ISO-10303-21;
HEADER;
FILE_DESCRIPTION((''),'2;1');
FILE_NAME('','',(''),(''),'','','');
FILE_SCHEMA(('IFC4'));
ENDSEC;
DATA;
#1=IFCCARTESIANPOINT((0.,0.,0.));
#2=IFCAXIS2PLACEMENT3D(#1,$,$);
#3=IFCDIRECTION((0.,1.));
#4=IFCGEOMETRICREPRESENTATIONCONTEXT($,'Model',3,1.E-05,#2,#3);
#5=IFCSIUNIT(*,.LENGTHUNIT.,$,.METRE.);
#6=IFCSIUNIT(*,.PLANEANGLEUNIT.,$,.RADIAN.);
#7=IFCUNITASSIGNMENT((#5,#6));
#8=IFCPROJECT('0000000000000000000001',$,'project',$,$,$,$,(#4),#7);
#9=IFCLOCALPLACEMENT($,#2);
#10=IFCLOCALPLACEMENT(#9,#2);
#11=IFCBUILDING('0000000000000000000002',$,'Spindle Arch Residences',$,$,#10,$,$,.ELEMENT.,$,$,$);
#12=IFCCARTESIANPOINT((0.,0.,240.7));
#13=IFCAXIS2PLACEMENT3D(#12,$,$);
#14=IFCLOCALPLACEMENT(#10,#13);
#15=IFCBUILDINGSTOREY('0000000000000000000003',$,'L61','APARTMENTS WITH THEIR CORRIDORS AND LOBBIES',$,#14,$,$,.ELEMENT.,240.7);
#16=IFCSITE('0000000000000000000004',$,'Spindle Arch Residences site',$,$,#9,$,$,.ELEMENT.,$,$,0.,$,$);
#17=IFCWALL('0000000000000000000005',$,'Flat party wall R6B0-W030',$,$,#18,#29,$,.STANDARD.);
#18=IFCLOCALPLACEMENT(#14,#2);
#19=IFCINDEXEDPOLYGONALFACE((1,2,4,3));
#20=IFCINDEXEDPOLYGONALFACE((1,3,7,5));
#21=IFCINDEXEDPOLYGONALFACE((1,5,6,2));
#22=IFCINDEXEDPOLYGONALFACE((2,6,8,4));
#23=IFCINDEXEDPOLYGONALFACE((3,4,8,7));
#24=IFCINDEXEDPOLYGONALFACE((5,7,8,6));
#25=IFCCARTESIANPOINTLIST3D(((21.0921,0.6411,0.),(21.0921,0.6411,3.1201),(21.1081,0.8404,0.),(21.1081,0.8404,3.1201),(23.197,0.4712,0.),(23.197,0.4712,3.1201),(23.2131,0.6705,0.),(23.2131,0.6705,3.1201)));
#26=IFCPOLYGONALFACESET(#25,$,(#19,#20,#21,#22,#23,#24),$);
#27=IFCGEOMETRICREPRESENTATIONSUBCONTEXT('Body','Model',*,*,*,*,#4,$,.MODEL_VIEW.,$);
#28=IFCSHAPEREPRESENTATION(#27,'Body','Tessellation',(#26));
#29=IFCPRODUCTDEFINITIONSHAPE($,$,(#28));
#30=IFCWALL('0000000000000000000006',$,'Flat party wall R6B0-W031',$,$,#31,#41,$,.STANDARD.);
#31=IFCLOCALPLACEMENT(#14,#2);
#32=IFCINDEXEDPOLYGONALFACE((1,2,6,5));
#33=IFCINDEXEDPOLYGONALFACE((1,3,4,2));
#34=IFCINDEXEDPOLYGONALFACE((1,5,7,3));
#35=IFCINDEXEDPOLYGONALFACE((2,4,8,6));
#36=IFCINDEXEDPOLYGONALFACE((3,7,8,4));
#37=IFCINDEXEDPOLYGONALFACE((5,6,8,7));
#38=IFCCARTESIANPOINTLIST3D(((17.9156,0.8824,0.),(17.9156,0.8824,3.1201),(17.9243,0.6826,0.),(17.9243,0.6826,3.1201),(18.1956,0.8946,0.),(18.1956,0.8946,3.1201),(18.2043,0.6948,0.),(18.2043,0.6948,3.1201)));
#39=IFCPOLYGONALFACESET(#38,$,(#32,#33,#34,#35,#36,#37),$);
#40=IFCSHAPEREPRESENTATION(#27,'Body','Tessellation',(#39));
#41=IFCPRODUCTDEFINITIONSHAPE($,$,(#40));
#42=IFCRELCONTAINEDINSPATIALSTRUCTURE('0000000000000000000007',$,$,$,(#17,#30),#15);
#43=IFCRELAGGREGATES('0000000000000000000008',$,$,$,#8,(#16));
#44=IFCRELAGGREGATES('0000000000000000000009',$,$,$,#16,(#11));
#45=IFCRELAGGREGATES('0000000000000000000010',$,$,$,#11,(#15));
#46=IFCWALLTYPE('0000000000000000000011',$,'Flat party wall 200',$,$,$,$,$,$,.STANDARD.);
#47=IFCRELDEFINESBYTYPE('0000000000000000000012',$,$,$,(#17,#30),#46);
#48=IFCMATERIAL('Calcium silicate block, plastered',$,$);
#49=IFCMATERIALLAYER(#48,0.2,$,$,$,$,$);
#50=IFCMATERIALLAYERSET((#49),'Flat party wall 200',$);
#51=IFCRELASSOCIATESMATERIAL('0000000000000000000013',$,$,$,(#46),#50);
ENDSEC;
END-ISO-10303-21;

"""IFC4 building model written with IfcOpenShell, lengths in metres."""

from ifc_helpers import new_model, si_unit, direction, frame, frame_2d, origin, place, context, subcontext, project, spatial, rectangle, extrude, material, layer, layer_set, type_object, element, save


model = new_model("IFC4")

# Units and contexts
model_context = context("Model", 3, precision=1e-05, world=origin(), true_north=direction((0.0, 1.0)))
body_context = subcontext(model_context, "Body", "Model", "MODEL_VIEW")
ifc_project = project(units=[si_unit("LENGTHUNIT", "METRE"), si_unit("PLANEANGLEUNIT", "RADIAN")], contexts=[model_context])

# Site, building, storey
site_placement = place(None, origin())
site = spatial("IfcSite", under=ifc_project, at=site_placement, Name="Spindle Arch Residences site", CompositionType="ELEMENT", RefElevation=0.0)
building_placement = place(site_placement, origin())
building = spatial("IfcBuilding", under=site, at=building_placement, Name="Spindle Arch Residences", CompositionType="ELEMENT")
storey_placement = place(building_placement, frame((0.0, 0.0, 240.7)))
storey = spatial("IfcBuildingStorey", under=building, at=storey_placement, Name="L61", Description="APARTMENTS WITH THEIR CORRIDORS AND LOBBIES", CompositionType="ELEMENT", Elevation=240.7)

# Walls
ifc_material_1 = material(Name="Calcium silicate block, plastered")
ifc_layer_1 = layer(ifc_material_1, 0.2)
ifc_layer_set_1 = layer_set([ifc_layer_1], Name="Flat party wall 200")
wall_type_1 = type_object("IfcWallType", Name="Flat party wall 200", PredefinedType="STANDARD", material=ifc_layer_set_1)
wall_1_placement = place(storey_placement, frame((21.1001, 0.7407, 0.0), z_axis=(0.0, 0.0, 1.0), x_axis=(0.996758, -0.080462, 0.0)))
element("IfcWall", 1, at=wall_1_placement, inside=storey, type_object=wall_type_1, Name="Flat party wall R6B0-W030", PredefinedType="STANDARD", context=body_context, shape_type="SweptSolid", body=[
    extrude(rectangle(XDim=2.1118, YDim=0.2, at=frame_2d((1.0559, 0.0))), origin(), (0.0, 0.0, 1.0), 3.1201),
])
wall_2_placement = place(storey_placement, frame((17.9199, 0.7825, 0.0), z_axis=(0.0, 0.0, 1.0), x_axis=(0.999051, 0.043551, 0.0)))
element("IfcWall", 2, at=wall_2_placement, inside=storey, type_object=wall_type_1, Name="Flat party wall R6B0-W031", PredefinedType="STANDARD", context=body_context, shape_type="SweptSolid", body=[
    extrude(rectangle(XDim=0.2803, YDim=0.2, at=frame_2d((0.1401, 0.0))), origin(), (0.0, 0.0, 1.0), 3.1201),
])

save(model, "model.ifc")
